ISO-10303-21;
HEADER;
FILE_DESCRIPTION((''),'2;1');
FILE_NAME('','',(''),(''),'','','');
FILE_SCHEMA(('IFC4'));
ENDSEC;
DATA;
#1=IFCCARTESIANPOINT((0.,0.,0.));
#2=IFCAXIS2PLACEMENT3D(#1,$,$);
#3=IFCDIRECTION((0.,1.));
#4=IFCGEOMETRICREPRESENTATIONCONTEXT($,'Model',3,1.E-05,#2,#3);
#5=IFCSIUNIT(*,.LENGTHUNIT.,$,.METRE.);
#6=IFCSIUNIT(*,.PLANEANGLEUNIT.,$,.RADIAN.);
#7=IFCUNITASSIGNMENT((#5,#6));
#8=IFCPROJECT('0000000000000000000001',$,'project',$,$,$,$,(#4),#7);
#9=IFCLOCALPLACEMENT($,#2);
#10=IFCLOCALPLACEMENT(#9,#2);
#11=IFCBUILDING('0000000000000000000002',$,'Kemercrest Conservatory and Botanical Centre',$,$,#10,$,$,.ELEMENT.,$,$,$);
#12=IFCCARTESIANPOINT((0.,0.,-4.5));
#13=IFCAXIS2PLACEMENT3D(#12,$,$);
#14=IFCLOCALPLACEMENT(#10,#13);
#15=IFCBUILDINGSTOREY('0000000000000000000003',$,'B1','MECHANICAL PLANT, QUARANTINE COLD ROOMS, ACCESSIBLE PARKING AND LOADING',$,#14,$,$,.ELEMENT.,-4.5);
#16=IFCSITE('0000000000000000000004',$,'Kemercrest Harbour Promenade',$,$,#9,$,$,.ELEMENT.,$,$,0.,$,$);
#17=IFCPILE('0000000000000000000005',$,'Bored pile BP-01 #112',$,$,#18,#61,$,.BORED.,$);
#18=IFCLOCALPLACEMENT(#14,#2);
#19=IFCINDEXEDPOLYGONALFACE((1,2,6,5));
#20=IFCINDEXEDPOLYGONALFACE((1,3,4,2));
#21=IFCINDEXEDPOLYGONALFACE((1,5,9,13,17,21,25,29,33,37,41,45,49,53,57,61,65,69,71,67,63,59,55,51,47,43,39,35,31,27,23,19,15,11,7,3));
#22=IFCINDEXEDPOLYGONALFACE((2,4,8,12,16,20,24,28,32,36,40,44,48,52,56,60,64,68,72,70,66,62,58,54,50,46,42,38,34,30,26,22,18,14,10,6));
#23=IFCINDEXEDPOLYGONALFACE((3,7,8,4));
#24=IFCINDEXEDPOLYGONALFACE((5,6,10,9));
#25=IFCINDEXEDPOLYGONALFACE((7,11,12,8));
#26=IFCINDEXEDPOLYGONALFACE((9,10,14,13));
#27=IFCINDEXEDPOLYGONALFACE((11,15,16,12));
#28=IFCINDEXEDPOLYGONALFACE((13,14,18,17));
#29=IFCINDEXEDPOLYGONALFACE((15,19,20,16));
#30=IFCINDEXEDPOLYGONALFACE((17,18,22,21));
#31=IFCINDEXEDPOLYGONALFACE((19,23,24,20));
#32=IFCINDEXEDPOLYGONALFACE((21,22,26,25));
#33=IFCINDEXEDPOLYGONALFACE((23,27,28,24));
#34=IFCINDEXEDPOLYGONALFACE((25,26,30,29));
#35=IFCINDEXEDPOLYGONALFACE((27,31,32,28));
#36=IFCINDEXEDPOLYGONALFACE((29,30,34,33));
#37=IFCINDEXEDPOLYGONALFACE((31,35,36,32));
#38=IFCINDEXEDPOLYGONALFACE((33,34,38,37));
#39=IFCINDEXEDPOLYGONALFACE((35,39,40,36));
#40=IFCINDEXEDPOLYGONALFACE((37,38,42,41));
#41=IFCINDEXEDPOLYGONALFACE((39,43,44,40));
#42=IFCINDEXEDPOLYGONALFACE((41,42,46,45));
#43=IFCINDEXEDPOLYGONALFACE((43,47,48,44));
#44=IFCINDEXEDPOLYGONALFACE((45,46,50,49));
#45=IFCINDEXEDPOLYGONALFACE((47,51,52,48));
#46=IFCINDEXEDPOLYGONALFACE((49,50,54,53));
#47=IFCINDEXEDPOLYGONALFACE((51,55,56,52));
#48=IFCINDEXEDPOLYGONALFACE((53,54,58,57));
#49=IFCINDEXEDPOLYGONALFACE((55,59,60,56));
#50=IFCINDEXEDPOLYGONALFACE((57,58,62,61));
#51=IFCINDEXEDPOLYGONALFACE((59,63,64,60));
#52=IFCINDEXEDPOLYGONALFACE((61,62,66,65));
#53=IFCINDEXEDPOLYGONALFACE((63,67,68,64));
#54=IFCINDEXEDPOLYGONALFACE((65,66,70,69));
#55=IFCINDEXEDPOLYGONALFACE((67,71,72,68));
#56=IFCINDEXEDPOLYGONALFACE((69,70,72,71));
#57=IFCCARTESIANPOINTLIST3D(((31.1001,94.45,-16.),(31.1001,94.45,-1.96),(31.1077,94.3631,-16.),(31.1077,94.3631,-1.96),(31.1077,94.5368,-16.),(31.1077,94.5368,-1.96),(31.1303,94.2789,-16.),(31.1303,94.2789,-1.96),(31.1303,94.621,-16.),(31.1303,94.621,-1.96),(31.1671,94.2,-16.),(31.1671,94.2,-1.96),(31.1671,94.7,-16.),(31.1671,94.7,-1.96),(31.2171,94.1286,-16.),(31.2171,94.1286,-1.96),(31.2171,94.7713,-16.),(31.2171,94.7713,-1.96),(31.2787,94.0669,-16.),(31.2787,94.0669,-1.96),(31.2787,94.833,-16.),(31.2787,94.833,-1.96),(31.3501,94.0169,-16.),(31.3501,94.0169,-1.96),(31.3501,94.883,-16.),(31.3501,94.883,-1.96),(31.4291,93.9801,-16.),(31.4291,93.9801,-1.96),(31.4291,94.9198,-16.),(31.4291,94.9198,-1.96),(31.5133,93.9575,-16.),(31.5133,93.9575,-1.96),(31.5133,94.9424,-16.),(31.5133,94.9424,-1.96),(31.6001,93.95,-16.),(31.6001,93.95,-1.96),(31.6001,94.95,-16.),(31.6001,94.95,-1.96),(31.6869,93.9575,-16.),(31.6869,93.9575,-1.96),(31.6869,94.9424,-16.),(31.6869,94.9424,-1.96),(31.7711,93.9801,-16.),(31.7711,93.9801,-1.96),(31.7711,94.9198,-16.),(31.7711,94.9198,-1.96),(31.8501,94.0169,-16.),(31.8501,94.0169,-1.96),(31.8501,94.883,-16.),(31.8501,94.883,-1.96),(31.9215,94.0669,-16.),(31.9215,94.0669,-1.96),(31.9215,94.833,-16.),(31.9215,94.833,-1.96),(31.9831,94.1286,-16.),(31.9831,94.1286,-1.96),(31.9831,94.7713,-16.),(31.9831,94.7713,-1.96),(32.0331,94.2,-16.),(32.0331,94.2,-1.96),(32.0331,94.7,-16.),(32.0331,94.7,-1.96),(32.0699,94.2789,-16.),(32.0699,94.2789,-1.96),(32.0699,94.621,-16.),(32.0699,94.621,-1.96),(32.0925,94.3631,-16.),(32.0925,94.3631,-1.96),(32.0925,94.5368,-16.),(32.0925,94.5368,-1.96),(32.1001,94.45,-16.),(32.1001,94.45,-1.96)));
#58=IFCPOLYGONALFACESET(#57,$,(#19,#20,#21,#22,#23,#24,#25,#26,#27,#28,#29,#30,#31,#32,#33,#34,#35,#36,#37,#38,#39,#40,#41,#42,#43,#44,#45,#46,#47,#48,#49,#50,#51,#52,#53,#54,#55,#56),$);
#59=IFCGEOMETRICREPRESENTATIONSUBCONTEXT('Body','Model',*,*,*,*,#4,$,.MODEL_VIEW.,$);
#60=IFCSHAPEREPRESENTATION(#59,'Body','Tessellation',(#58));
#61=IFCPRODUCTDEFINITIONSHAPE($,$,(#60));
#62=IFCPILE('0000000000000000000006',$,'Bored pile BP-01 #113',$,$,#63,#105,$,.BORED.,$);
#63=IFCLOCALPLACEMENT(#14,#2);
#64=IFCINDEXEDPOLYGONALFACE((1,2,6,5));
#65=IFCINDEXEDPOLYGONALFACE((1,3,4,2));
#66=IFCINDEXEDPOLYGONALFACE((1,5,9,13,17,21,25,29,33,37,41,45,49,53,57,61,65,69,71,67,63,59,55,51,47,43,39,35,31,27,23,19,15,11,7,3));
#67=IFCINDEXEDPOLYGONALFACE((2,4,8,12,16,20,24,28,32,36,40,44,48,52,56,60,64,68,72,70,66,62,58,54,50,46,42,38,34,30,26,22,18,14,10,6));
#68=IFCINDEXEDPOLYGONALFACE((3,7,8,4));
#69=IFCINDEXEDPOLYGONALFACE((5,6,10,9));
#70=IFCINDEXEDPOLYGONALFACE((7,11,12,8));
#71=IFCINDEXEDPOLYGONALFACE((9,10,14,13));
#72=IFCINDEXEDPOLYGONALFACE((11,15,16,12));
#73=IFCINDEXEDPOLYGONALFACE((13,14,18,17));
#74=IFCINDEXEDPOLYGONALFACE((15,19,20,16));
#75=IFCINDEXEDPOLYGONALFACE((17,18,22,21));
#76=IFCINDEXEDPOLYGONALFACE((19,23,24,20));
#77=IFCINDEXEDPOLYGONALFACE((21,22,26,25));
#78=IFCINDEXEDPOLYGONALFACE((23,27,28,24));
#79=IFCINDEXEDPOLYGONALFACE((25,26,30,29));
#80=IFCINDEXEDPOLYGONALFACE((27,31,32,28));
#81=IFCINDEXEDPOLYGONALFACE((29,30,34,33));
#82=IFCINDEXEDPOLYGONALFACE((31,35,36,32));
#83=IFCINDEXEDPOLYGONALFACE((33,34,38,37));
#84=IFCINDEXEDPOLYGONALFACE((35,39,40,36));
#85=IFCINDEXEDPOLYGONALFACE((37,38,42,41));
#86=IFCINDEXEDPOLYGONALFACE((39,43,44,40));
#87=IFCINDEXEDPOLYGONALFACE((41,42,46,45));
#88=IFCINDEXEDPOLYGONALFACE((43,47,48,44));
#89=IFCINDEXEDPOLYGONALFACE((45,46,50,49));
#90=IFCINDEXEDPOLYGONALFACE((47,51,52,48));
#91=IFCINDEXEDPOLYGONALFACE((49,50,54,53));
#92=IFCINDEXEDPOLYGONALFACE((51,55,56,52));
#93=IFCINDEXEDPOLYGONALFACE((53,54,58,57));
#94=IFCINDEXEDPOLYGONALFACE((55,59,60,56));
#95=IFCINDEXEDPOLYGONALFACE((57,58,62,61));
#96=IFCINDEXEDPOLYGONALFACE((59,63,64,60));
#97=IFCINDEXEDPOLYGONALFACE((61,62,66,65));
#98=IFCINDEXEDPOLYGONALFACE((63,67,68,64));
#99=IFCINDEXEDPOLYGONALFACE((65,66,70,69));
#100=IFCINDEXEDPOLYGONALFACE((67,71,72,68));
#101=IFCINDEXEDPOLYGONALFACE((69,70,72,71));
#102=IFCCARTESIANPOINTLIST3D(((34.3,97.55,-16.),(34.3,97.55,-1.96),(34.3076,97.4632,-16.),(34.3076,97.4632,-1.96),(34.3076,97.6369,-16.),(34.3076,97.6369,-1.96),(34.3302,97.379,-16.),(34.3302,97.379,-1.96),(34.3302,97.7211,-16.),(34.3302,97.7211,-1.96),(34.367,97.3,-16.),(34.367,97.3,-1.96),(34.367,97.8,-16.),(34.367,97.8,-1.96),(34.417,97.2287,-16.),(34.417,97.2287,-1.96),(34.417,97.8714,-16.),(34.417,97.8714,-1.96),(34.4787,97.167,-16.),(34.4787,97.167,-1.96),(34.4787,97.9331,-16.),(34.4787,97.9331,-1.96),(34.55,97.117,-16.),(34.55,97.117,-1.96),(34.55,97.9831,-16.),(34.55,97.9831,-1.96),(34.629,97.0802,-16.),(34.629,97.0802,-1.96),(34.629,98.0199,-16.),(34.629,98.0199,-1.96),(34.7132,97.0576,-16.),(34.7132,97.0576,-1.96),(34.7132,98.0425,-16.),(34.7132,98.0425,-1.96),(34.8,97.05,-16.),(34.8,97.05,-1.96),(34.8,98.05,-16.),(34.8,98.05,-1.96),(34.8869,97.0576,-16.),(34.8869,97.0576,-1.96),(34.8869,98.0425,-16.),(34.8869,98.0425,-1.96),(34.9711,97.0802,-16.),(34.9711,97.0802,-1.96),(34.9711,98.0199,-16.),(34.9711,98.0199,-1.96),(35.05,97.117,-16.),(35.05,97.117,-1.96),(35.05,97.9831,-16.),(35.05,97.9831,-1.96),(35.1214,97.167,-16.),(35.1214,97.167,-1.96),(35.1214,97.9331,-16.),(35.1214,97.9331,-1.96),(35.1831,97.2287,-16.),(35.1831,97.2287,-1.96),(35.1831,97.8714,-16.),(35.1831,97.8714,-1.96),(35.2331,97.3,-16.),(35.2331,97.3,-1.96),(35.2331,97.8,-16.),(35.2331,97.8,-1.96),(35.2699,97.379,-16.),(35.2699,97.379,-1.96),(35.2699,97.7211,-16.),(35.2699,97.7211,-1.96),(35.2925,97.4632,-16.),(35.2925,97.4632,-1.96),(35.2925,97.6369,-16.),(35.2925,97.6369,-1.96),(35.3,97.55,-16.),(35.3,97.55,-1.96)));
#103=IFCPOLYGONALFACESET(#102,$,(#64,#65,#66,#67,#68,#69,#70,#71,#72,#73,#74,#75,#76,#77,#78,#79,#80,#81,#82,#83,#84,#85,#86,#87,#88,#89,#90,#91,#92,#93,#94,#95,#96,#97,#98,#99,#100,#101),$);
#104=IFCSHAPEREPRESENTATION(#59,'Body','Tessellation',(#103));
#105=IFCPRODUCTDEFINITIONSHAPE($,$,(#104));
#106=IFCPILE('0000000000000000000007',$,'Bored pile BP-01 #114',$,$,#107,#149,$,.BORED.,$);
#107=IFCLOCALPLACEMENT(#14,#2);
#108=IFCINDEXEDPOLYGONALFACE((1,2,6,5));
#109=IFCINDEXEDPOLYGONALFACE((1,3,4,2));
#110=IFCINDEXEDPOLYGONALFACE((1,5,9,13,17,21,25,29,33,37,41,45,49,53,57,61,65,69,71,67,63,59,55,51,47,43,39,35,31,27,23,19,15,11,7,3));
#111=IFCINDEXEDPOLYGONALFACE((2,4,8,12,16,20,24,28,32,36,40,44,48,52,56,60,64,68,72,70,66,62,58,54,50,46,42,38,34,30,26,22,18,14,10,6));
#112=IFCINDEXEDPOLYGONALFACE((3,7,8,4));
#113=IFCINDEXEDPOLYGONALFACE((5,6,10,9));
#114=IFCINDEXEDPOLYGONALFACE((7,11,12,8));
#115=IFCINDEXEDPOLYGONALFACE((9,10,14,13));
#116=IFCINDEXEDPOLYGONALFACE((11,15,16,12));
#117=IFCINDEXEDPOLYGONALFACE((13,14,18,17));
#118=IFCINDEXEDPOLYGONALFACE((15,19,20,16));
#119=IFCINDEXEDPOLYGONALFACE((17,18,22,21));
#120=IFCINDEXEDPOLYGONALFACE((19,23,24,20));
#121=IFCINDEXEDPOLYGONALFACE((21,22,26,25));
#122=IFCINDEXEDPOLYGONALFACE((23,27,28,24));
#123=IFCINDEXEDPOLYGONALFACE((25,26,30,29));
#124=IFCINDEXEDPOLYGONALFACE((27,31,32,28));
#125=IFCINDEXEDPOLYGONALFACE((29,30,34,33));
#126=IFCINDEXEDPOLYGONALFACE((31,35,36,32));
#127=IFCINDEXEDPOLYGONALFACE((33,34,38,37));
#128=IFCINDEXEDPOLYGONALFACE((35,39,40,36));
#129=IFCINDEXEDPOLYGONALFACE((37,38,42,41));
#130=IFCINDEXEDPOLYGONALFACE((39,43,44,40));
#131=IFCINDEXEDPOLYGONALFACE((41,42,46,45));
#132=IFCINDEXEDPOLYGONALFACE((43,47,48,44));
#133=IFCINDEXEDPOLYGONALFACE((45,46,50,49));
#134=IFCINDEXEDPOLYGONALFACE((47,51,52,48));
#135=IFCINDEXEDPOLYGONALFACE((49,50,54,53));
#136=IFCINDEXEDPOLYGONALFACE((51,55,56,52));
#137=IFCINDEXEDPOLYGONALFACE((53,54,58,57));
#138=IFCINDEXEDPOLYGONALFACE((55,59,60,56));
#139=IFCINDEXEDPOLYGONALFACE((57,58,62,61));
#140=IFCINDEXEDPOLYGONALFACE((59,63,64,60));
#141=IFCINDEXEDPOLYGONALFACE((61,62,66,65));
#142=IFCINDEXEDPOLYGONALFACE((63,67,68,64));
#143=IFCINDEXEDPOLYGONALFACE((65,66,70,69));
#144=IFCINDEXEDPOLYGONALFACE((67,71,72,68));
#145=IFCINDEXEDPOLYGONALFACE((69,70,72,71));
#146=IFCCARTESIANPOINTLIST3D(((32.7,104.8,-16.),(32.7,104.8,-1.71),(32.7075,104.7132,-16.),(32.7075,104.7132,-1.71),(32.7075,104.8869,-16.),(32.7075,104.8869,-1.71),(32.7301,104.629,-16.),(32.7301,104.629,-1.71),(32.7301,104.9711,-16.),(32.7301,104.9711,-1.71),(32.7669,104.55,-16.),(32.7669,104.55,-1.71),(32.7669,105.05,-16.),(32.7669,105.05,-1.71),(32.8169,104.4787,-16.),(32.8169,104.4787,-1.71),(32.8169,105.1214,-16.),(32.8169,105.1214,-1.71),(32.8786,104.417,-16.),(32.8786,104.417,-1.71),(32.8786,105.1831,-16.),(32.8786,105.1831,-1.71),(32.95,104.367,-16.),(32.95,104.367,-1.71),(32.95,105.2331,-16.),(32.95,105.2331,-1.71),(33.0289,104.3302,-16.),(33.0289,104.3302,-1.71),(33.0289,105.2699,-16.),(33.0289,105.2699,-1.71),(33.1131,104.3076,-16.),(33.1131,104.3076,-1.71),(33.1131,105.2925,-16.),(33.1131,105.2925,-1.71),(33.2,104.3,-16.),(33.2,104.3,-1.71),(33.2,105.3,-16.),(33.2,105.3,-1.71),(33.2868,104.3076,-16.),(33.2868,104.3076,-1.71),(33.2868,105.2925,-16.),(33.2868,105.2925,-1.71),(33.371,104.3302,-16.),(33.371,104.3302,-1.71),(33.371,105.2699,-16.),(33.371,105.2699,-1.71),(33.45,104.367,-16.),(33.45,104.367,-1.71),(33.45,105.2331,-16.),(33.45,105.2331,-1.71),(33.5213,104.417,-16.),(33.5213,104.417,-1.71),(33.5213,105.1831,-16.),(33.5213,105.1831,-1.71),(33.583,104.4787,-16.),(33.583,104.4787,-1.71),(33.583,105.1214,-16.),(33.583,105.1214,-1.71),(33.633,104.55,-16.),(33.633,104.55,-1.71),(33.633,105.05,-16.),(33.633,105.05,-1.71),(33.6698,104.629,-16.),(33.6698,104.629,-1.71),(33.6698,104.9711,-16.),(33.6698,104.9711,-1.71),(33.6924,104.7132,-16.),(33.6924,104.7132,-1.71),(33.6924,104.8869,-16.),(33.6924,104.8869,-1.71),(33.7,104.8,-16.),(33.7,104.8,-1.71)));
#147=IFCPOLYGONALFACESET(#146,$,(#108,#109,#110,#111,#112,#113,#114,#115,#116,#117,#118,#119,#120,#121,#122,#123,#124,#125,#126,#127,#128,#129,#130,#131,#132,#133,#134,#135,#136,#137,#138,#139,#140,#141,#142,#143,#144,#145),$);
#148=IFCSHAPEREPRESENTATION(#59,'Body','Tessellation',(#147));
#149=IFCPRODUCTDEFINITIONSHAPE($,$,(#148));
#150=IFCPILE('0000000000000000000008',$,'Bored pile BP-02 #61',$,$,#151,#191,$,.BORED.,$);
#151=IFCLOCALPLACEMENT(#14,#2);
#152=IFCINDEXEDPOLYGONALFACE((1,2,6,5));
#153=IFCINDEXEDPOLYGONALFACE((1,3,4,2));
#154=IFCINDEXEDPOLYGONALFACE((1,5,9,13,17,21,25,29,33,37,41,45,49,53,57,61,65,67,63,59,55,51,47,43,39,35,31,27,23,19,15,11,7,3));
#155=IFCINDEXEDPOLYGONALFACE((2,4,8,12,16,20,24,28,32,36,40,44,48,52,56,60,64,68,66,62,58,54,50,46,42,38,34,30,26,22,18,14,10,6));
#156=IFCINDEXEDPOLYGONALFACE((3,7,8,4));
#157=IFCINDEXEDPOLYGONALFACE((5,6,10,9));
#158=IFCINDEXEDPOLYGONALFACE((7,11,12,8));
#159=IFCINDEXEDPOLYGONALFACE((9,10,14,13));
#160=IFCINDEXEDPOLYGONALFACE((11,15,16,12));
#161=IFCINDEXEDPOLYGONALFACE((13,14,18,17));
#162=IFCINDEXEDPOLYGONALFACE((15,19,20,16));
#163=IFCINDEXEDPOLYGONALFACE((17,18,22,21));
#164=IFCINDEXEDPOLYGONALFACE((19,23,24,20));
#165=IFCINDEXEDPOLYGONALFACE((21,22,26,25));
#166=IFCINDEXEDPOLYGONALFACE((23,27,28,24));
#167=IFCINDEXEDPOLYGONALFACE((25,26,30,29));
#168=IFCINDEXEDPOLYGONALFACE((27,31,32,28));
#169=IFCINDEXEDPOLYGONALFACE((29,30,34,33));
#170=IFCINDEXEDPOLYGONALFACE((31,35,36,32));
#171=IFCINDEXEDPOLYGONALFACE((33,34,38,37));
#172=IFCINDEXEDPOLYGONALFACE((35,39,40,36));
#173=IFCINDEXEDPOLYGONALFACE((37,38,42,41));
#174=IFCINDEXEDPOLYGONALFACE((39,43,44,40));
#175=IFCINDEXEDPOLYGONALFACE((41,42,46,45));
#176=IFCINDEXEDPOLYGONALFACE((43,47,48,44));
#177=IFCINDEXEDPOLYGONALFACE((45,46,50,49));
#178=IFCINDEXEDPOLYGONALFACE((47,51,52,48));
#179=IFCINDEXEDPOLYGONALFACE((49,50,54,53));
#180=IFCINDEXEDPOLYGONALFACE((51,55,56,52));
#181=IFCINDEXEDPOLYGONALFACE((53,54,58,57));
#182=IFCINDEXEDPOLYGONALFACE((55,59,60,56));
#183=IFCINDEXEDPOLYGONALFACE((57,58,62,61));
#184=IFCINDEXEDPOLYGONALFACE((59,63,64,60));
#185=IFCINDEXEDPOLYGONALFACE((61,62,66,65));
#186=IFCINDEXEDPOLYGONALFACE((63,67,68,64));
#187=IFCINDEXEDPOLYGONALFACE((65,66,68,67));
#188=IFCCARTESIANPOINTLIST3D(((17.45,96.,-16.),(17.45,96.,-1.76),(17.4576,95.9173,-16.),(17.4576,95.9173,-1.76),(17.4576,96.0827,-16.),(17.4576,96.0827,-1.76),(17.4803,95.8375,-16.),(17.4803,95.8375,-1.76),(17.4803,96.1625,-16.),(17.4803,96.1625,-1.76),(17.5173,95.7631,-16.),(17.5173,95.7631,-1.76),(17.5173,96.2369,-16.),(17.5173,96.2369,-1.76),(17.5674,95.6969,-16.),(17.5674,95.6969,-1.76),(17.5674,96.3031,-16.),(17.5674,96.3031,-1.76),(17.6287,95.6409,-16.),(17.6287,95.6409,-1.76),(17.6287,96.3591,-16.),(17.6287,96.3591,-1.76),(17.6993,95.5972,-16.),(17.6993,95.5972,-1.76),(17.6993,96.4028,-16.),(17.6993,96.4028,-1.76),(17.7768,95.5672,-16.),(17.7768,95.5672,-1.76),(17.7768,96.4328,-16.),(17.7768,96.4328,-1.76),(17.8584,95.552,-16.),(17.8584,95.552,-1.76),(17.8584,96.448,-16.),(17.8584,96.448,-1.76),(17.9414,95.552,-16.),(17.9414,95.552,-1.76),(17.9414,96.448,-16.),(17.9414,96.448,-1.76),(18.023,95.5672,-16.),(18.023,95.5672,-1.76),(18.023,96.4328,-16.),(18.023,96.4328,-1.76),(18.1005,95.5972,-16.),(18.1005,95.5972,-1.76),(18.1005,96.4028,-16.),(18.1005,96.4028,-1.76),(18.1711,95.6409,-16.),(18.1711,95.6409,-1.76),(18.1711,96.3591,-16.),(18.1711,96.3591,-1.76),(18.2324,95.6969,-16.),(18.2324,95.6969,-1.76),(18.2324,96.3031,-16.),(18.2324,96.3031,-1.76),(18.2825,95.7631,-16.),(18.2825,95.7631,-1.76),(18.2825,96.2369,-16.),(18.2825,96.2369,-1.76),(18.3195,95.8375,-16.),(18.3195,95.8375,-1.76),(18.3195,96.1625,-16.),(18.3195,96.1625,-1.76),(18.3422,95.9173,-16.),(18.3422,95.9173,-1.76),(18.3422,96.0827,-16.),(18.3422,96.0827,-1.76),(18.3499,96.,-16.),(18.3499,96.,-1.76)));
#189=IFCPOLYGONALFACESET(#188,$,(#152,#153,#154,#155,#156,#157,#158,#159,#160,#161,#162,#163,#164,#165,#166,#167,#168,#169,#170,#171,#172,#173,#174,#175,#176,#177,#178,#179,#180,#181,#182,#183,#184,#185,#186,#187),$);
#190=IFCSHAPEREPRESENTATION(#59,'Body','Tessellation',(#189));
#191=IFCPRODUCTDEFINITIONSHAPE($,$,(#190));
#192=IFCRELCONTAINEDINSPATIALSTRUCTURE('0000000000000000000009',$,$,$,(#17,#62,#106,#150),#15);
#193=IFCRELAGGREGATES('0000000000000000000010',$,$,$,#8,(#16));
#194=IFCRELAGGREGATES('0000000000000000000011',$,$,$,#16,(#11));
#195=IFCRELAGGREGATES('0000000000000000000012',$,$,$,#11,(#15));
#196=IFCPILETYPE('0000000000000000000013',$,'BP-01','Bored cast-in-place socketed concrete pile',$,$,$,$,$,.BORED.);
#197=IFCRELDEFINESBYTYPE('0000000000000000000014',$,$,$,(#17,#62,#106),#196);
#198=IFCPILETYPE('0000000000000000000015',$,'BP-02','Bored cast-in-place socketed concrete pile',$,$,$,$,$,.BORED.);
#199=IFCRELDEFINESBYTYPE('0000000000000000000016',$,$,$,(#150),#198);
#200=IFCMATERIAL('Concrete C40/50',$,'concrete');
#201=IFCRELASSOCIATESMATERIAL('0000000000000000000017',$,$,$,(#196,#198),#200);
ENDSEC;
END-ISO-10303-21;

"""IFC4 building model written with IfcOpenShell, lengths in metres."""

from ifc_helpers import new_model, si_unit, direction, frame, origin, origin_2d, place, context, subcontext, project, spatial, circle, extrude, material, material_profile, profile_set, type_object, element, save


model = new_model("IFC4")

# Units and contexts
model_context = context("Model", 3, precision=1e-05, world=origin(), true_north=direction((0.0, 1.0)))
body_context = subcontext(model_context, "Body", "Model", "MODEL_VIEW")
ifc_project = project(units=[si_unit("LENGTHUNIT", "METRE"), si_unit("PLANEANGLEUNIT", "RADIAN")], contexts=[model_context])

# Site, building, storey
site_placement = place(None, origin())
site = spatial("IfcSite", under=ifc_project, at=site_placement, Name="Kemercrest Harbour Promenade", CompositionType="ELEMENT", RefElevation=0.0)
building_placement = place(site_placement, origin())
building = spatial("IfcBuilding", under=site, at=building_placement, Name="Kemercrest Conservatory and Botanical Centre", CompositionType="ELEMENT")
storey_placement = place(building_placement, frame((0.0, 0.0, -4.5)))
storey = spatial("IfcBuildingStorey", under=building, at=storey_placement, Name="B1", Description="MECHANICAL PLANT, QUARANTINE COLD ROOMS, ACCESSIBLE PARKING AND LOADING", CompositionType="ELEMENT", Elevation=-4.5)

# Piles
ifc_material_1 = material(Name="Concrete C40/50", Category="concrete")
ifc_material_profile_1 = material_profile(ifc_material_1, circle(Radius=0.5, at=origin_2d()), Name="BORED PILE 1000")
ifc_profile_set_1 = profile_set([ifc_material_profile_1], Name="Concrete C40/50")
pile_type_1 = type_object("IfcPileType", Name="BP-01", Description="Bored cast-in-place socketed concrete pile", PredefinedType="BORED", material=ifc_profile_set_1)
for number, where, z_axis, x_axis, name in (
    (1, (31.6001, 94.45, -1.96), (0.0, 0.0, -1.0), (1.0, 0.0, 0.0), "Bored pile BP-01 #112"),
    (2, (34.8, 97.55, -1.96), (0.0, 0.0, -1.0), (1.0, 0.0, 0.0), "Bored pile BP-01 #113"),
):
    element("IfcPile", number, at=place(storey_placement, frame(where, z_axis=z_axis, x_axis=x_axis)), inside=storey, type_object=pile_type_1, Name=name, PredefinedType="BORED", context=body_context, shape_type="SweptSolid", body=[
        extrude(circle(Radius=0.5, at=origin_2d()), origin(), (0.0, 0.0, 1.0), 14.04),
    ])
pile_1_placement = place(storey_placement, frame((33.2, 104.8, -1.71), z_axis=(0.0, 0.0, -1.0), x_axis=(1.0, 0.0, 0.0)))
element("IfcPile", 3, at=pile_1_placement, inside=storey, type_object=pile_type_1, Name="Bored pile BP-01 #114", PredefinedType="BORED", context=body_context, shape_type="SweptSolid", body=[
    extrude(circle(Radius=0.5, at=origin_2d()), origin(), (0.0, 0.0, 1.0), 14.29),
])
ifc_material_profile_2 = material_profile(ifc_material_1, circle(Radius=0.45, at=origin_2d()), Name="BORED PILE 900")
ifc_profile_set_2 = profile_set([ifc_material_profile_2], Name="Concrete C40/50")
pile_type_2 = type_object("IfcPileType", Name="BP-02", Description="Bored cast-in-place socketed concrete pile", PredefinedType="BORED", material=ifc_profile_set_2)
for number, where, z_axis, x_axis, name in (
    (4, (17.8999, 96.0, -1.76), (0.0, 0.0, -1.0), (1.0, 0.0, 0.0), "Bored pile BP-02 #61"),
):
    element("IfcPile", number, at=place(storey_placement, frame(where, z_axis=z_axis, x_axis=x_axis)), inside=storey, type_object=pile_type_2, Name=name, PredefinedType="BORED", context=body_context, shape_type="SweptSolid", body=[
        extrude(circle(Radius=0.45, at=origin_2d()), origin(), (0.0, 0.0, 1.0), 14.24),
    ])

save(model, "model.ifc")
